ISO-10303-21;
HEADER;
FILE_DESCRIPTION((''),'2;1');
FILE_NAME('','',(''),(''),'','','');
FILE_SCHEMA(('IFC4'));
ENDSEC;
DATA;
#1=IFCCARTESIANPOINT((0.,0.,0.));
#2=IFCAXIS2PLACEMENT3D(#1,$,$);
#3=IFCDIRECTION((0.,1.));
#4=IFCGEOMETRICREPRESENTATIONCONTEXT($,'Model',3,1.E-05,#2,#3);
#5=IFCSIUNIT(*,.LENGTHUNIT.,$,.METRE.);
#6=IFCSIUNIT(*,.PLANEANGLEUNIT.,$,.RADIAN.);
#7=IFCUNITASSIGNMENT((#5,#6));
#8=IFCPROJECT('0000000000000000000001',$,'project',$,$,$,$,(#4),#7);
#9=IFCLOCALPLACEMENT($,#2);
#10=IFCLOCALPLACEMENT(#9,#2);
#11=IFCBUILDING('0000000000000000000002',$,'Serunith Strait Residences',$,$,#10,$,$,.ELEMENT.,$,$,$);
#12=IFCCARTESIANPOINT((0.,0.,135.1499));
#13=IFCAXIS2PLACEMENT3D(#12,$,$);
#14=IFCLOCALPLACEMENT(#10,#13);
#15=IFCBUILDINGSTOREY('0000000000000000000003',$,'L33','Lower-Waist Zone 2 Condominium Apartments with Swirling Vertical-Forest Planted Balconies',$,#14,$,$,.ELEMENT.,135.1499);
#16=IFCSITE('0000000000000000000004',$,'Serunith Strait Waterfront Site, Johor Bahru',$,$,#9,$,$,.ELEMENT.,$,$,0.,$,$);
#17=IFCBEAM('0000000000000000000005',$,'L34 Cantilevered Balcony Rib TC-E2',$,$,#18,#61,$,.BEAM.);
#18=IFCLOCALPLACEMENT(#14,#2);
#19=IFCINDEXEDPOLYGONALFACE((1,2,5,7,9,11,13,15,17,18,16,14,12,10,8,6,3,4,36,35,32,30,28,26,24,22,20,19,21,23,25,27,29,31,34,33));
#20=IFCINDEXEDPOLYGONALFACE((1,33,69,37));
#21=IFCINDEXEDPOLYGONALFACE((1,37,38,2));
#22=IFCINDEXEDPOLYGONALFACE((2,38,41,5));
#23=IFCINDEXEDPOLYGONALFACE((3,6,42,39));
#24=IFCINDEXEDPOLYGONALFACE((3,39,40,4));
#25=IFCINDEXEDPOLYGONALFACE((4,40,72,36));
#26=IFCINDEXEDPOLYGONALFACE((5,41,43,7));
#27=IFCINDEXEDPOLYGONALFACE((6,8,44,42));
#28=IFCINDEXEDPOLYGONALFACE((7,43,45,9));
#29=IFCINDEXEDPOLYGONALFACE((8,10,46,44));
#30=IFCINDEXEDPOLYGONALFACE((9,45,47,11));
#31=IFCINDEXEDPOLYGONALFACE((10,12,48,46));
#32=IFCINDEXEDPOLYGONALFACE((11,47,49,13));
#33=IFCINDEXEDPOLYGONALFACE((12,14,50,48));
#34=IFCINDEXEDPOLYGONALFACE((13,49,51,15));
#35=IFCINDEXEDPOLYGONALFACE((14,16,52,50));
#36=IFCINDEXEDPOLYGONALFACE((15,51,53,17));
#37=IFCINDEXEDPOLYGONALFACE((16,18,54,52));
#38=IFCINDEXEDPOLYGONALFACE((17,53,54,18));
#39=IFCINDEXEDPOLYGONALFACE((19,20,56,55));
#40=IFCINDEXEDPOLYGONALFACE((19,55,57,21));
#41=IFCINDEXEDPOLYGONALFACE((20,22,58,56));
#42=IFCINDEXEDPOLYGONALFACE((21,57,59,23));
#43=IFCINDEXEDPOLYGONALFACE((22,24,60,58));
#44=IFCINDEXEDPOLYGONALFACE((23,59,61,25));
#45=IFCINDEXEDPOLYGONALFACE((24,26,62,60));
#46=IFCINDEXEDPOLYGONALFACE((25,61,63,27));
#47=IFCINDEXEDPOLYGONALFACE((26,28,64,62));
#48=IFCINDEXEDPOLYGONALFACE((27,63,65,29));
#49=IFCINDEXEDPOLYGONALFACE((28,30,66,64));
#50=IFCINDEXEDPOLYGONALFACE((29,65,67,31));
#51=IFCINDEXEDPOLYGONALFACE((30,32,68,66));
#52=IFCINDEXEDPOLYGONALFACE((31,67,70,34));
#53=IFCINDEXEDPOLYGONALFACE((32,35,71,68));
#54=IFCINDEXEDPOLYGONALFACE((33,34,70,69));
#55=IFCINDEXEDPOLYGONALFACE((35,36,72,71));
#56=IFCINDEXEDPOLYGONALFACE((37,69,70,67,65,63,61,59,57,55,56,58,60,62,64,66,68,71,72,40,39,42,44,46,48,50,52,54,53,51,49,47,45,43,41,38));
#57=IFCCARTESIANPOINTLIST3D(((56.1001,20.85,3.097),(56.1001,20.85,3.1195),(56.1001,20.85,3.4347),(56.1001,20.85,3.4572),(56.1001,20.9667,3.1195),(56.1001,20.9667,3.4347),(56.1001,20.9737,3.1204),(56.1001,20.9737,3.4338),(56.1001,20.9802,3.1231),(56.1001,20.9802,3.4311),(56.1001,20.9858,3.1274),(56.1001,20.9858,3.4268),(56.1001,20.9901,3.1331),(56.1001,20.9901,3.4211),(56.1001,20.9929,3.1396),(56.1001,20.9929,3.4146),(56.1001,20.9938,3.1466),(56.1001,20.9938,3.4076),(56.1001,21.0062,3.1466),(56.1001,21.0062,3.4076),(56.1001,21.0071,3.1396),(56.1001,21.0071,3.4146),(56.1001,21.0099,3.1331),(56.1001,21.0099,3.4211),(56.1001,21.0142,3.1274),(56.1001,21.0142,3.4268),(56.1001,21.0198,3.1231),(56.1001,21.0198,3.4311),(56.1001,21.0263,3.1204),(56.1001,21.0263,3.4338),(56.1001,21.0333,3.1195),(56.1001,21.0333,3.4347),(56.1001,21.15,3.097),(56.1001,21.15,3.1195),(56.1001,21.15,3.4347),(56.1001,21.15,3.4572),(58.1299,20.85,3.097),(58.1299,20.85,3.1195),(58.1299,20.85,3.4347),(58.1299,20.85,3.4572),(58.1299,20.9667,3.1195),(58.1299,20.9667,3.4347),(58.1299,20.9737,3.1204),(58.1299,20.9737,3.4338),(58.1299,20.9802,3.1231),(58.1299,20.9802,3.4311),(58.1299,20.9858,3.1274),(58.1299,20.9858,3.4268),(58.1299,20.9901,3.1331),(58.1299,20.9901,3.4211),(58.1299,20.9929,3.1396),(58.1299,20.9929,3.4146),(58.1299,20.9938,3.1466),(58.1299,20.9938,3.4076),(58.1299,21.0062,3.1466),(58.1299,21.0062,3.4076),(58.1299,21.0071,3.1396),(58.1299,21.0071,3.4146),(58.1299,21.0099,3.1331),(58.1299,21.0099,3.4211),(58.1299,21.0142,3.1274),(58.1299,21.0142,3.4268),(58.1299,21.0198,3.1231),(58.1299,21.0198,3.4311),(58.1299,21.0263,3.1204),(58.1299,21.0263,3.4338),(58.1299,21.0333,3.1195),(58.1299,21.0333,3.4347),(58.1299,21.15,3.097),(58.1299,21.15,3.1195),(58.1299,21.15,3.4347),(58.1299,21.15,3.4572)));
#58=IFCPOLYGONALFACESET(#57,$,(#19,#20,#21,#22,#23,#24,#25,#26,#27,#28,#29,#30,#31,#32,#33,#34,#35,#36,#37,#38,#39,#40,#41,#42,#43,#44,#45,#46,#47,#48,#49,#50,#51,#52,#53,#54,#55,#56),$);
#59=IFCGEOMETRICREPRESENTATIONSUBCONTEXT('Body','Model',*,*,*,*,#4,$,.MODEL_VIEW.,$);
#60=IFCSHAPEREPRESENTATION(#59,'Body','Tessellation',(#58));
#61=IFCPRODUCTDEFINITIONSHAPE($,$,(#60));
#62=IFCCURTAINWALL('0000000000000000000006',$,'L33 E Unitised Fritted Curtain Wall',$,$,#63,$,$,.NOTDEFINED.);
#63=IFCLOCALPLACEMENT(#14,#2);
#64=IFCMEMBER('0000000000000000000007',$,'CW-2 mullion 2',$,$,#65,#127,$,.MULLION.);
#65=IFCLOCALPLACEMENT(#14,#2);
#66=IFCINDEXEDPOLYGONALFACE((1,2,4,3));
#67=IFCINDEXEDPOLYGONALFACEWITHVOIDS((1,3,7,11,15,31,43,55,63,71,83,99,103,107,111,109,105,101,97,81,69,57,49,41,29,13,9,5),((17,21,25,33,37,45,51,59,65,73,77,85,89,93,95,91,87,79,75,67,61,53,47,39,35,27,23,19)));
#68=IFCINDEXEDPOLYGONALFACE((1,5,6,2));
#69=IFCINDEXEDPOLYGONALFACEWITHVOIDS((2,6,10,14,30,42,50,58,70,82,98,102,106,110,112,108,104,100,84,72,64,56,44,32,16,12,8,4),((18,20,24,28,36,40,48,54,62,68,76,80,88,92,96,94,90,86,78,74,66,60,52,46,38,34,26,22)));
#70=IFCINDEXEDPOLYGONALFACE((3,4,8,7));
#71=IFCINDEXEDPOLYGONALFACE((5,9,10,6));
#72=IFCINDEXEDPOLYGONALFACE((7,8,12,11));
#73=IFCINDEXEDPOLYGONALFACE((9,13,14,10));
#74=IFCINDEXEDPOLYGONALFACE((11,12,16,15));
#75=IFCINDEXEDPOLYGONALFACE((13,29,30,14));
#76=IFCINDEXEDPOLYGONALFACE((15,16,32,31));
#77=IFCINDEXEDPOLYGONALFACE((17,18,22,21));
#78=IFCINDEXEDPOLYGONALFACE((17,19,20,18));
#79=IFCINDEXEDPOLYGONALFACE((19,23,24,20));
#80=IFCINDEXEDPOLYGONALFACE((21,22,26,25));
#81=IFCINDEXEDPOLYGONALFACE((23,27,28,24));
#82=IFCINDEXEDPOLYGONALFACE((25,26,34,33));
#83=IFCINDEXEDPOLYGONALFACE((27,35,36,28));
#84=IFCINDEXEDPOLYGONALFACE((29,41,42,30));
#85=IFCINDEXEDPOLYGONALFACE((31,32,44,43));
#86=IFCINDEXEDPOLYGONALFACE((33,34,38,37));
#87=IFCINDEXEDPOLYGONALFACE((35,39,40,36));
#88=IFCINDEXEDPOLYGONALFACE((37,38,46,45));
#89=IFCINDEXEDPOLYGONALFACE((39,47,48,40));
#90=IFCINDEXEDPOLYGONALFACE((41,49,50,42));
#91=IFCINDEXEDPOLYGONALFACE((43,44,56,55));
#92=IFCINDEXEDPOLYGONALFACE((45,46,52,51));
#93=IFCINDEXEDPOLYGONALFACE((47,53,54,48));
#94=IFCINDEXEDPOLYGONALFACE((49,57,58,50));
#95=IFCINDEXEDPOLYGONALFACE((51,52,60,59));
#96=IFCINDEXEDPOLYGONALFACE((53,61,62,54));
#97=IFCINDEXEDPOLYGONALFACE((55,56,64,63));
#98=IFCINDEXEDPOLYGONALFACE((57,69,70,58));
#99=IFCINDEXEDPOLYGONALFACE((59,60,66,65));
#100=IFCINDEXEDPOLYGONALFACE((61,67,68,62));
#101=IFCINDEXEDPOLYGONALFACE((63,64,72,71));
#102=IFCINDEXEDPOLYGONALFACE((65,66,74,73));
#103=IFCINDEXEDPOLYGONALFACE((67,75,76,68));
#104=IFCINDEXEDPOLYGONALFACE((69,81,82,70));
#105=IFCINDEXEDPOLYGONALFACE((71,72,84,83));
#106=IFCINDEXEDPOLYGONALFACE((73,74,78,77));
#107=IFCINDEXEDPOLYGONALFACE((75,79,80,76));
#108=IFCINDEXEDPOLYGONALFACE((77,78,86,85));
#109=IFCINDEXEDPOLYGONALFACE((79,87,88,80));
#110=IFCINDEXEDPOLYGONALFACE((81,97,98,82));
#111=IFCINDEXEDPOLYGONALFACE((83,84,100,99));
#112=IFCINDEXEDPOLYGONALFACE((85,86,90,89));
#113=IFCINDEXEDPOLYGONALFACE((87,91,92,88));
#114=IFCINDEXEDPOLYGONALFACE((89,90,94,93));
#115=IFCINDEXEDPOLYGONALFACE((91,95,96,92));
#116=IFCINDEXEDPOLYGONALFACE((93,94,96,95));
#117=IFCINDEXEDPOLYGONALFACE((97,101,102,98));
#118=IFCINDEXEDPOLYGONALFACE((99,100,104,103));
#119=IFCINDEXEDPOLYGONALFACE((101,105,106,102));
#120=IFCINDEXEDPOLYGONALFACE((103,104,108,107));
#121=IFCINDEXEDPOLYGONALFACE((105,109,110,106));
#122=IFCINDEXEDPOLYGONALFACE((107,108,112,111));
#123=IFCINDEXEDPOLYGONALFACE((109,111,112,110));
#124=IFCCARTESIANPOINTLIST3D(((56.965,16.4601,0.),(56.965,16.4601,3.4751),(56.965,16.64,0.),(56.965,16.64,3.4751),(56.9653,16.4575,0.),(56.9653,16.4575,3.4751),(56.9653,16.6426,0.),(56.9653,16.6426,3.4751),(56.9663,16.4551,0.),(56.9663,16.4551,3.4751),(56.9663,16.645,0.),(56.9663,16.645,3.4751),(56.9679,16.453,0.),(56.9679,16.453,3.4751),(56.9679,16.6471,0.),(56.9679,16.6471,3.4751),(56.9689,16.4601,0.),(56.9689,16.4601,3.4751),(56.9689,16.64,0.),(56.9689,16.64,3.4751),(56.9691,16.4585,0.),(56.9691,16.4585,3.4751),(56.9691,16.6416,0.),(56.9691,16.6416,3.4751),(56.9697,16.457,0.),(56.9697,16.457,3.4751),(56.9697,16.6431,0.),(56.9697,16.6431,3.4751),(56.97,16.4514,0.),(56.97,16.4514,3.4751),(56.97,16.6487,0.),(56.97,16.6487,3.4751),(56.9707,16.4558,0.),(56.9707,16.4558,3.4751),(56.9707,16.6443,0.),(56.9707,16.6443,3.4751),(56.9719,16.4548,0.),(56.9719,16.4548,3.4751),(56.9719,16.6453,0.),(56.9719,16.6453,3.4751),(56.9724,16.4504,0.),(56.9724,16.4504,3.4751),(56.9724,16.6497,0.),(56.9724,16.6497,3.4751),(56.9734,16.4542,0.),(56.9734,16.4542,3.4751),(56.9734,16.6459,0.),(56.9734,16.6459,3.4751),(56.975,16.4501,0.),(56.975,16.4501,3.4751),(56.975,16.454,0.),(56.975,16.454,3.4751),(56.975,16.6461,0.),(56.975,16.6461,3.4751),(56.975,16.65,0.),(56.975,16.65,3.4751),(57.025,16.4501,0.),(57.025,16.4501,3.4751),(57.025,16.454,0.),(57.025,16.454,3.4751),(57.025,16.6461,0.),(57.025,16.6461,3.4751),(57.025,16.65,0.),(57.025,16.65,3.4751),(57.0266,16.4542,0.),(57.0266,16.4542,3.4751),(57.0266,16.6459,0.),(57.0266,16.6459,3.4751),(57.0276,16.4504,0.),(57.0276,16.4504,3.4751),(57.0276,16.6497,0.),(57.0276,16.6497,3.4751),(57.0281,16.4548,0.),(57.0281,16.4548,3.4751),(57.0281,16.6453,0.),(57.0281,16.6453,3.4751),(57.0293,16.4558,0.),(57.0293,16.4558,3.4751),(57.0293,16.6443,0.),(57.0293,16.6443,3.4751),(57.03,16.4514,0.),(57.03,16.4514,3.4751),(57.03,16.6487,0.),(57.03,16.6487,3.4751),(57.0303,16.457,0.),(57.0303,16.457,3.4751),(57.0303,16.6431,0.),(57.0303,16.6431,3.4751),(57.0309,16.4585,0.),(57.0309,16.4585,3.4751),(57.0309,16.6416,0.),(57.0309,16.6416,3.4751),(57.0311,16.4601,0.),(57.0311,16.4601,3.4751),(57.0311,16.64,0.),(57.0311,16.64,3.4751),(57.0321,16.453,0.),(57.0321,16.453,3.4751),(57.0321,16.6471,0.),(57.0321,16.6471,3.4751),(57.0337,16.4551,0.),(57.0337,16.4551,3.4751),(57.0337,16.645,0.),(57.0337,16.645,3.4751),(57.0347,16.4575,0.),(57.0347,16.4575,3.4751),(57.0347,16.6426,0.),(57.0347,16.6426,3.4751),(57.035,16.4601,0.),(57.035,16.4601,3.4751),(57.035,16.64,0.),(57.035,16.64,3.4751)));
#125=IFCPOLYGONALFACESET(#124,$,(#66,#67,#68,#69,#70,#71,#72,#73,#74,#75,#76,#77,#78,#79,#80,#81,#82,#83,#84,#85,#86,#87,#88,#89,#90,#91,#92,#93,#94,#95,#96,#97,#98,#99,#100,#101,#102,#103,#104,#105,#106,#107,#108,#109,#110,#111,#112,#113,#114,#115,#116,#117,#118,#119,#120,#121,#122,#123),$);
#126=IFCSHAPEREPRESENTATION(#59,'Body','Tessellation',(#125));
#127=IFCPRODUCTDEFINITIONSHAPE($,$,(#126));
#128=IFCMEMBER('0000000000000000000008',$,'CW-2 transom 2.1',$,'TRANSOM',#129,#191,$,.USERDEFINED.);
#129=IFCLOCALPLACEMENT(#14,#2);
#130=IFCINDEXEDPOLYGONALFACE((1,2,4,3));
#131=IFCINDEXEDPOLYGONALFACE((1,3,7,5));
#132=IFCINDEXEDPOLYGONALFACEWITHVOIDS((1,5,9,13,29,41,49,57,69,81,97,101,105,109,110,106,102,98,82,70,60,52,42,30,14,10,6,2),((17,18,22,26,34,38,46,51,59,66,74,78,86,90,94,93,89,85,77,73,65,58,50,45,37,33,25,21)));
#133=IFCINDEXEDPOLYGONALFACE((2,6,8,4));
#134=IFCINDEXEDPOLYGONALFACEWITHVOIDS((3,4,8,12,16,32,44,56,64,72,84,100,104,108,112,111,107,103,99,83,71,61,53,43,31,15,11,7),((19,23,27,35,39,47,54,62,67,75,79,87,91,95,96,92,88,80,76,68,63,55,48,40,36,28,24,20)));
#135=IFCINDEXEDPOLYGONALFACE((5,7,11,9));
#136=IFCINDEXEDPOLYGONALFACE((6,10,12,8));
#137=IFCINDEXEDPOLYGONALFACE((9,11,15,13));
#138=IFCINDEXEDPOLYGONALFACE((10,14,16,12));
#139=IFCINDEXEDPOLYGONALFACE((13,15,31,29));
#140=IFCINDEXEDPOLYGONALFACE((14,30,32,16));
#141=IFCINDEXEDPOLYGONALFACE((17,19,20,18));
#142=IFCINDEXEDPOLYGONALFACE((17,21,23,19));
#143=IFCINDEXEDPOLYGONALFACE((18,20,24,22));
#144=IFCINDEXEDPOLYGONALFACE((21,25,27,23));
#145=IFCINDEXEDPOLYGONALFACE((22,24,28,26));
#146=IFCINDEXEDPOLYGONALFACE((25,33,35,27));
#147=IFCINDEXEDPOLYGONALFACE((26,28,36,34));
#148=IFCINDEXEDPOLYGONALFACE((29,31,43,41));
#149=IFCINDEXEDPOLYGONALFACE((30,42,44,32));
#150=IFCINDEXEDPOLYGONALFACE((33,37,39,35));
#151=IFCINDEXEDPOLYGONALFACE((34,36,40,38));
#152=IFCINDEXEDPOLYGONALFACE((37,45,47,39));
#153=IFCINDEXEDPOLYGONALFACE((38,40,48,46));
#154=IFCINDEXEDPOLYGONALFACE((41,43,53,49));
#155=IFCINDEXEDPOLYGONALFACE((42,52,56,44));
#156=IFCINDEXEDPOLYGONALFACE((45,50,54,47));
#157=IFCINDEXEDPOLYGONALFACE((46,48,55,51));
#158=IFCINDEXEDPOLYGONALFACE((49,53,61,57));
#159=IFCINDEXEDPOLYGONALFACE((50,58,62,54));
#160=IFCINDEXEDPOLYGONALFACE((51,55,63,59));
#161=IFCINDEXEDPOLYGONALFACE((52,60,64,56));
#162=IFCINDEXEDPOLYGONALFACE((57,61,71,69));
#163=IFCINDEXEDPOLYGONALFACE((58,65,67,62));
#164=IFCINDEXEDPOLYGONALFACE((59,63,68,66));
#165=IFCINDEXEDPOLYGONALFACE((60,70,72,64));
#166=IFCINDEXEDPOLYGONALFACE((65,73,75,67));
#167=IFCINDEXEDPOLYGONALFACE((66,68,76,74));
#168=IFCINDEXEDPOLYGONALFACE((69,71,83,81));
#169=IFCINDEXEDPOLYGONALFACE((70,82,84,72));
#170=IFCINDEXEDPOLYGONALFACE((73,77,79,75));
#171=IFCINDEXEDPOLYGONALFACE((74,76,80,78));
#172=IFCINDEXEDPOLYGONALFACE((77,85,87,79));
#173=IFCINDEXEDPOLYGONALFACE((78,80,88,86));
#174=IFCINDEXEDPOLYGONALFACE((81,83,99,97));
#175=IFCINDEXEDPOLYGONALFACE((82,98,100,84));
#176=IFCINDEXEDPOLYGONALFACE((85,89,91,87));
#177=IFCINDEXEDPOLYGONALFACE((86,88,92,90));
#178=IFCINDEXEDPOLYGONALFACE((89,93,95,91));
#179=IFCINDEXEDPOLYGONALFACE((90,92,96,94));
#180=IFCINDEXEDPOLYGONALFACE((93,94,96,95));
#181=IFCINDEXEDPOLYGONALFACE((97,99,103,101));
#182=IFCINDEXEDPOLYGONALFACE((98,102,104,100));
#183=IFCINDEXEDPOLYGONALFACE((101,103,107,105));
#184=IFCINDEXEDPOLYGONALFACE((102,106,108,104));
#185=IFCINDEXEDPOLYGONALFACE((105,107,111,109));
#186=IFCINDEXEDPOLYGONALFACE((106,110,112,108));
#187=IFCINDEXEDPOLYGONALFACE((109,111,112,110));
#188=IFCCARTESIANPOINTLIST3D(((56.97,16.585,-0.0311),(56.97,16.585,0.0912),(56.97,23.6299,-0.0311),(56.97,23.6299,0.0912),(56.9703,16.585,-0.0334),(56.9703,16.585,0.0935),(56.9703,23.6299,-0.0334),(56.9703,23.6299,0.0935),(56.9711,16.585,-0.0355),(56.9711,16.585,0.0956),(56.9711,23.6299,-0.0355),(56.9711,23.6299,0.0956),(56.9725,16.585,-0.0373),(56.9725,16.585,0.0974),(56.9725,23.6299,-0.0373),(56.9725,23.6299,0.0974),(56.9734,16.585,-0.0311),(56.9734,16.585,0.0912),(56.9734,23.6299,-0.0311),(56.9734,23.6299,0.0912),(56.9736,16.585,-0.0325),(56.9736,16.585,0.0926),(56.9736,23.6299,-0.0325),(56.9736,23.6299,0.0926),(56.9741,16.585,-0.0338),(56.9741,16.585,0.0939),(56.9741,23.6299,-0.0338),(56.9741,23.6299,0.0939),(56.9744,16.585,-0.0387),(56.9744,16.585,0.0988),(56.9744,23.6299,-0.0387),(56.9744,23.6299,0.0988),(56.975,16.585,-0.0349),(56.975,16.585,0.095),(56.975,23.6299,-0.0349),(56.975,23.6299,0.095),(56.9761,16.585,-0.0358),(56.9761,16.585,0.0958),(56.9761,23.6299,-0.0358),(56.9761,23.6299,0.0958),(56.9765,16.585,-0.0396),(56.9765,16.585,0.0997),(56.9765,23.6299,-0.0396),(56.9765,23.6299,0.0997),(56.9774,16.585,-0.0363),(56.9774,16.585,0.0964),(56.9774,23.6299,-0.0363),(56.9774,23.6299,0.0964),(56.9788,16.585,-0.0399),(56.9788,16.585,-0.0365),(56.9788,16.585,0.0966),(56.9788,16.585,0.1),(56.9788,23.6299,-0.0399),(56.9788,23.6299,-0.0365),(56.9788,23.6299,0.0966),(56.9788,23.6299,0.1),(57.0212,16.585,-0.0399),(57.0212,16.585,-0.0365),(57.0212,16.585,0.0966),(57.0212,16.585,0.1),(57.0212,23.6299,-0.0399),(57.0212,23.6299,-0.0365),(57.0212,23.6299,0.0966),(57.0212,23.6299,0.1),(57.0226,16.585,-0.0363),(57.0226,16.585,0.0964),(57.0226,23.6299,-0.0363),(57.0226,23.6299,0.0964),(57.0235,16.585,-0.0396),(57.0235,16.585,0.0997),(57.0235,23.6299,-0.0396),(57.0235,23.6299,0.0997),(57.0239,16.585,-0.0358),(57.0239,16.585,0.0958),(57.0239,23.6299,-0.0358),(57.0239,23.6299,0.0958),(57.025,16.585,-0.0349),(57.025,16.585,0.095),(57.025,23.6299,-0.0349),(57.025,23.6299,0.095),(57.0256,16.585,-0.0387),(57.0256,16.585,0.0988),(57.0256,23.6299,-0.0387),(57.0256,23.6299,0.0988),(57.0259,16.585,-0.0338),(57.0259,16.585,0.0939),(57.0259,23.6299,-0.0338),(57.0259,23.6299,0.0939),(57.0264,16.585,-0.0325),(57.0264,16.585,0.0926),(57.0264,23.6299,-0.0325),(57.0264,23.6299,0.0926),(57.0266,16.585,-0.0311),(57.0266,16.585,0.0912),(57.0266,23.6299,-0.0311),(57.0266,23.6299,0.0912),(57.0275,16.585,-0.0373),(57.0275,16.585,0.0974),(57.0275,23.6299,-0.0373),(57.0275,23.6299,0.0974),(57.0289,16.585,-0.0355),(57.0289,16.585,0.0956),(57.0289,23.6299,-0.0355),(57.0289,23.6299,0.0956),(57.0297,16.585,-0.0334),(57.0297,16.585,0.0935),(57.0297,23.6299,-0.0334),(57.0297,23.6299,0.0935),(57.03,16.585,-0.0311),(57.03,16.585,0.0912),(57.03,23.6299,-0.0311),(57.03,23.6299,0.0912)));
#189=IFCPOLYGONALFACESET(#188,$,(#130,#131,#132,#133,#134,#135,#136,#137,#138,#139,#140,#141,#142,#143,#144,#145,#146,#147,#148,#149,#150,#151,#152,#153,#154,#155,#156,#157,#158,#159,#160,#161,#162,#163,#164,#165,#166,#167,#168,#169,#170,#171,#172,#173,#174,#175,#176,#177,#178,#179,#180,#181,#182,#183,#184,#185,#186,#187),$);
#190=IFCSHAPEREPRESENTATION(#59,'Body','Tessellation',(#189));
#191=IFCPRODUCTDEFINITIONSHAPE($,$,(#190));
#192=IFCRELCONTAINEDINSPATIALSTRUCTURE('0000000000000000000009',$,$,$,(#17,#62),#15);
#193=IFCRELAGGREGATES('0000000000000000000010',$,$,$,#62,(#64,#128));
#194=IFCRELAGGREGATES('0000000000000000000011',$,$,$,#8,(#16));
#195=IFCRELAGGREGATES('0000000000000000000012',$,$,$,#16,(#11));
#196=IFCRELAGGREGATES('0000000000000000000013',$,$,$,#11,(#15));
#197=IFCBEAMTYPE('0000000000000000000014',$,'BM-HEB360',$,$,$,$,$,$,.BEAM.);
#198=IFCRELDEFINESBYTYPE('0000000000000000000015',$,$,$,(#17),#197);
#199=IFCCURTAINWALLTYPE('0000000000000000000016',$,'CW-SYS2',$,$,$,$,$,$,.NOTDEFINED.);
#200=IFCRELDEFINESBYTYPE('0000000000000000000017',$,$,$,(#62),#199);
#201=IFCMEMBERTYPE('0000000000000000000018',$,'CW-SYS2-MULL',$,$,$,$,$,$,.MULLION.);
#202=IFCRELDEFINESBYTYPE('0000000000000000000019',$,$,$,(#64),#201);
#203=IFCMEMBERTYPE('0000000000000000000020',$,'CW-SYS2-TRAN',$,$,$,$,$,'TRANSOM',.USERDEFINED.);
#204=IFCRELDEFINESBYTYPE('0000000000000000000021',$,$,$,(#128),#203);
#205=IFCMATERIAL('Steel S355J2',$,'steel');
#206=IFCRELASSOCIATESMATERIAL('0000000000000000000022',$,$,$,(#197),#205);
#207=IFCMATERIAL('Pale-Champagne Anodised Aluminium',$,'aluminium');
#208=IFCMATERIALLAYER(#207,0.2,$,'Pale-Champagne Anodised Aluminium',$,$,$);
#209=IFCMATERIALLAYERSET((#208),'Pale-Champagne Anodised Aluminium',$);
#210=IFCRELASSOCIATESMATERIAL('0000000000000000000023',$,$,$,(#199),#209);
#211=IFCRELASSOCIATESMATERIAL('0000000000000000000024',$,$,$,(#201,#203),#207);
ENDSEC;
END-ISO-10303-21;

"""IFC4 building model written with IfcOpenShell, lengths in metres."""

from ifc_helpers import new_model, si_unit, direction, frame, origin, origin_2d, place, context, subcontext, project, spatial, hollow_rectangle, i_section, extrude, source, transform, mapped, material, layer, layer_set, material_profile, profile_set, type_object, element, aggregate, save


model = new_model("IFC4")

# Units and contexts
model_context = context("Model", 3, precision=1e-05, world=origin(), true_north=direction((0.0, 1.0)))
body_context = subcontext(model_context, "Body", "Model", "MODEL_VIEW")
ifc_project = project(units=[si_unit("LENGTHUNIT", "METRE"), si_unit("PLANEANGLEUNIT", "RADIAN")], contexts=[model_context])

# Site, building, storey
site_placement = place(None, origin())
site = spatial("IfcSite", under=ifc_project, at=site_placement, Name="Serunith Strait Waterfront Site, Johor Bahru", CompositionType="ELEMENT", RefElevation=0.0)
building_placement = place(site_placement, origin())
building = spatial("IfcBuilding", under=site, at=building_placement, Name="Serunith Strait Residences", CompositionType="ELEMENT")
storey_placement = place(building_placement, frame((0.0, 0.0, 135.1499)))
storey = spatial("IfcBuildingStorey", under=building, at=storey_placement, Name="L33", Description="Lower-Waist Zone 2 Condominium Apartments with Swirling Vertical-Forest Planted Balconies", CompositionType="ELEMENT", Elevation=135.1499)

# Beam
ifc_material_1 = material(Name="Steel S355J2", Category="steel")
ifc_material_profile_1 = material_profile(ifc_material_1, i_section(OverallWidth=0.3, OverallDepth=0.3601, WebThickness=0.0125, FlangeThickness=0.0225, FilletRadius=0.0271, at=origin_2d()), Name="HEB 360")
ifc_profile_set_1 = profile_set([ifc_material_profile_1], Name="Steel S355J2")
beam_type_1 = type_object("IfcBeamType", Name="BM-HEB360", PredefinedType="BEAM", material=ifc_profile_set_1)
shared_shape_1 = source(origin(), body_context, "Body", "SweptSolid", [
    extrude(i_section(OverallWidth=0.3, OverallDepth=0.3601, WebThickness=0.0125, FlangeThickness=0.0225, FilletRadius=0.0271, at=origin_2d()), origin(), (0.0, 0.0, 1.0), 2.0298),
])
for number, where, z_axis, x_axis, name in (
    (1, (56.1001, 21.0, 3.2771), (1.0, 0.0, 0.0), (0.0, 1.0, 0.0), "L34 Cantilevered Balcony Rib TC-E2"),
):
    element("IfcBeam", number, at=place(storey_placement, frame(where, z_axis=z_axis, x_axis=x_axis)), inside=storey, type_object=beam_type_1, Name=name, PredefinedType="BEAM", context=body_context, shape_type="MappedRepresentation", body=[
        mapped(shared_shape_1, transform((0.0, 0.0, 0.0), scale=1.0)),
    ])

# Curtain wall, members
ifc_material_2 = material(Name="Pale-Champagne Anodised Aluminium", Category="aluminium")
ifc_layer_1 = layer(ifc_material_2, 0.2, Name="Pale-Champagne Anodised Aluminium")
ifc_layer_set_1 = layer_set([ifc_layer_1], Name="Pale-Champagne Anodised Aluminium")
curtain_wall_type = type_object("IfcCurtainWallType", Name="CW-SYS2", PredefinedType="NOTDEFINED", material=ifc_layer_set_1)
curtain_wall_placement = place(storey_placement, origin())
curtain_wall = element("IfcCurtainWall", 2, at=curtain_wall_placement, inside=storey, type_object=curtain_wall_type, Name="L33 E Unitised Fritted Curtain Wall", PredefinedType="NOTDEFINED")
ifc_material_profile_2 = material_profile(ifc_material_2, hollow_rectangle(XDim=0.0701, YDim=0.2, WallThickness=0.0039, InnerFilletRadius=0.0061, OuterFilletRadius=0.01, at=origin_2d()), Name="ALU 200x70x4")
ifc_profile_set_2 = profile_set([ifc_material_profile_2], Name="Pale-Champagne Anodised Aluminium")
member_type_1 = type_object("IfcMemberType", Name="CW-SYS2-MULL", PredefinedType="MULLION", material=ifc_profile_set_2)
shared_shape_2 = source(origin(), body_context, "Body", "SweptSolid", [
    extrude(hollow_rectangle(XDim=0.0701, YDim=0.2, WallThickness=0.0039, InnerFilletRadius=0.0061, OuterFilletRadius=0.01, at=origin_2d()), origin(), (0.0, 0.0, 1.0), 3.4751),
])
member_1_placement = place(storey_placement, frame((57.0, 16.55, 0.0), z_axis=(0.0, 0.0, 1.0), x_axis=(-1.0, 0.0, 0.0)))
member_1 = element("IfcMember", 3, at=member_1_placement, type_object=member_type_1, Name="CW-2 mullion 2", PredefinedType="MULLION", context=body_context, shape_type="MappedRepresentation", body=[
    mapped(shared_shape_2, transform((0.0, 0.0, 0.0), scale=1.0)),
])
ifc_material_profile_3 = material_profile(ifc_material_2, hollow_rectangle(XDim=0.0601, YDim=0.1399, WallThickness=0.0034, InnerFilletRadius=0.0054, OuterFilletRadius=0.0088, at=origin_2d()), Name="ALU 140x60x3.5")
ifc_profile_set_3 = profile_set([ifc_material_profile_3], Name="Pale-Champagne Anodised Aluminium")
member_type_2 = type_object("IfcMemberType", Name="CW-SYS2-TRAN", ElementType="TRANSOM", PredefinedType="USERDEFINED", material=ifc_profile_set_3)
shared_shape_3 = source(origin(), body_context, "Body", "SweptSolid", [
    extrude(hollow_rectangle(XDim=0.0601, YDim=0.1399, WallThickness=0.0034, InnerFilletRadius=0.0054, OuterFilletRadius=0.0088, at=origin_2d()), origin(), (0.0, 0.0, 1.0), 7.0449),
])
member_2_placement = place(storey_placement, frame((57.0, 16.585, 0.03), z_axis=(0.0, 1.0, 0.0), x_axis=(-1.0, 0.0, 0.0)))
member_2 = element("IfcMember", 4, at=member_2_placement, type_object=member_type_2, Name="CW-2 transom 2.1", ObjectType="TRANSOM", PredefinedType="USERDEFINED", context=body_context, shape_type="MappedRepresentation", body=[
    mapped(shared_shape_3, transform((0.0, 0.0, 0.0), scale=1.0)),
])
aggregate(curtain_wall, [member_1, member_2])

save(model, "model.ifc")
